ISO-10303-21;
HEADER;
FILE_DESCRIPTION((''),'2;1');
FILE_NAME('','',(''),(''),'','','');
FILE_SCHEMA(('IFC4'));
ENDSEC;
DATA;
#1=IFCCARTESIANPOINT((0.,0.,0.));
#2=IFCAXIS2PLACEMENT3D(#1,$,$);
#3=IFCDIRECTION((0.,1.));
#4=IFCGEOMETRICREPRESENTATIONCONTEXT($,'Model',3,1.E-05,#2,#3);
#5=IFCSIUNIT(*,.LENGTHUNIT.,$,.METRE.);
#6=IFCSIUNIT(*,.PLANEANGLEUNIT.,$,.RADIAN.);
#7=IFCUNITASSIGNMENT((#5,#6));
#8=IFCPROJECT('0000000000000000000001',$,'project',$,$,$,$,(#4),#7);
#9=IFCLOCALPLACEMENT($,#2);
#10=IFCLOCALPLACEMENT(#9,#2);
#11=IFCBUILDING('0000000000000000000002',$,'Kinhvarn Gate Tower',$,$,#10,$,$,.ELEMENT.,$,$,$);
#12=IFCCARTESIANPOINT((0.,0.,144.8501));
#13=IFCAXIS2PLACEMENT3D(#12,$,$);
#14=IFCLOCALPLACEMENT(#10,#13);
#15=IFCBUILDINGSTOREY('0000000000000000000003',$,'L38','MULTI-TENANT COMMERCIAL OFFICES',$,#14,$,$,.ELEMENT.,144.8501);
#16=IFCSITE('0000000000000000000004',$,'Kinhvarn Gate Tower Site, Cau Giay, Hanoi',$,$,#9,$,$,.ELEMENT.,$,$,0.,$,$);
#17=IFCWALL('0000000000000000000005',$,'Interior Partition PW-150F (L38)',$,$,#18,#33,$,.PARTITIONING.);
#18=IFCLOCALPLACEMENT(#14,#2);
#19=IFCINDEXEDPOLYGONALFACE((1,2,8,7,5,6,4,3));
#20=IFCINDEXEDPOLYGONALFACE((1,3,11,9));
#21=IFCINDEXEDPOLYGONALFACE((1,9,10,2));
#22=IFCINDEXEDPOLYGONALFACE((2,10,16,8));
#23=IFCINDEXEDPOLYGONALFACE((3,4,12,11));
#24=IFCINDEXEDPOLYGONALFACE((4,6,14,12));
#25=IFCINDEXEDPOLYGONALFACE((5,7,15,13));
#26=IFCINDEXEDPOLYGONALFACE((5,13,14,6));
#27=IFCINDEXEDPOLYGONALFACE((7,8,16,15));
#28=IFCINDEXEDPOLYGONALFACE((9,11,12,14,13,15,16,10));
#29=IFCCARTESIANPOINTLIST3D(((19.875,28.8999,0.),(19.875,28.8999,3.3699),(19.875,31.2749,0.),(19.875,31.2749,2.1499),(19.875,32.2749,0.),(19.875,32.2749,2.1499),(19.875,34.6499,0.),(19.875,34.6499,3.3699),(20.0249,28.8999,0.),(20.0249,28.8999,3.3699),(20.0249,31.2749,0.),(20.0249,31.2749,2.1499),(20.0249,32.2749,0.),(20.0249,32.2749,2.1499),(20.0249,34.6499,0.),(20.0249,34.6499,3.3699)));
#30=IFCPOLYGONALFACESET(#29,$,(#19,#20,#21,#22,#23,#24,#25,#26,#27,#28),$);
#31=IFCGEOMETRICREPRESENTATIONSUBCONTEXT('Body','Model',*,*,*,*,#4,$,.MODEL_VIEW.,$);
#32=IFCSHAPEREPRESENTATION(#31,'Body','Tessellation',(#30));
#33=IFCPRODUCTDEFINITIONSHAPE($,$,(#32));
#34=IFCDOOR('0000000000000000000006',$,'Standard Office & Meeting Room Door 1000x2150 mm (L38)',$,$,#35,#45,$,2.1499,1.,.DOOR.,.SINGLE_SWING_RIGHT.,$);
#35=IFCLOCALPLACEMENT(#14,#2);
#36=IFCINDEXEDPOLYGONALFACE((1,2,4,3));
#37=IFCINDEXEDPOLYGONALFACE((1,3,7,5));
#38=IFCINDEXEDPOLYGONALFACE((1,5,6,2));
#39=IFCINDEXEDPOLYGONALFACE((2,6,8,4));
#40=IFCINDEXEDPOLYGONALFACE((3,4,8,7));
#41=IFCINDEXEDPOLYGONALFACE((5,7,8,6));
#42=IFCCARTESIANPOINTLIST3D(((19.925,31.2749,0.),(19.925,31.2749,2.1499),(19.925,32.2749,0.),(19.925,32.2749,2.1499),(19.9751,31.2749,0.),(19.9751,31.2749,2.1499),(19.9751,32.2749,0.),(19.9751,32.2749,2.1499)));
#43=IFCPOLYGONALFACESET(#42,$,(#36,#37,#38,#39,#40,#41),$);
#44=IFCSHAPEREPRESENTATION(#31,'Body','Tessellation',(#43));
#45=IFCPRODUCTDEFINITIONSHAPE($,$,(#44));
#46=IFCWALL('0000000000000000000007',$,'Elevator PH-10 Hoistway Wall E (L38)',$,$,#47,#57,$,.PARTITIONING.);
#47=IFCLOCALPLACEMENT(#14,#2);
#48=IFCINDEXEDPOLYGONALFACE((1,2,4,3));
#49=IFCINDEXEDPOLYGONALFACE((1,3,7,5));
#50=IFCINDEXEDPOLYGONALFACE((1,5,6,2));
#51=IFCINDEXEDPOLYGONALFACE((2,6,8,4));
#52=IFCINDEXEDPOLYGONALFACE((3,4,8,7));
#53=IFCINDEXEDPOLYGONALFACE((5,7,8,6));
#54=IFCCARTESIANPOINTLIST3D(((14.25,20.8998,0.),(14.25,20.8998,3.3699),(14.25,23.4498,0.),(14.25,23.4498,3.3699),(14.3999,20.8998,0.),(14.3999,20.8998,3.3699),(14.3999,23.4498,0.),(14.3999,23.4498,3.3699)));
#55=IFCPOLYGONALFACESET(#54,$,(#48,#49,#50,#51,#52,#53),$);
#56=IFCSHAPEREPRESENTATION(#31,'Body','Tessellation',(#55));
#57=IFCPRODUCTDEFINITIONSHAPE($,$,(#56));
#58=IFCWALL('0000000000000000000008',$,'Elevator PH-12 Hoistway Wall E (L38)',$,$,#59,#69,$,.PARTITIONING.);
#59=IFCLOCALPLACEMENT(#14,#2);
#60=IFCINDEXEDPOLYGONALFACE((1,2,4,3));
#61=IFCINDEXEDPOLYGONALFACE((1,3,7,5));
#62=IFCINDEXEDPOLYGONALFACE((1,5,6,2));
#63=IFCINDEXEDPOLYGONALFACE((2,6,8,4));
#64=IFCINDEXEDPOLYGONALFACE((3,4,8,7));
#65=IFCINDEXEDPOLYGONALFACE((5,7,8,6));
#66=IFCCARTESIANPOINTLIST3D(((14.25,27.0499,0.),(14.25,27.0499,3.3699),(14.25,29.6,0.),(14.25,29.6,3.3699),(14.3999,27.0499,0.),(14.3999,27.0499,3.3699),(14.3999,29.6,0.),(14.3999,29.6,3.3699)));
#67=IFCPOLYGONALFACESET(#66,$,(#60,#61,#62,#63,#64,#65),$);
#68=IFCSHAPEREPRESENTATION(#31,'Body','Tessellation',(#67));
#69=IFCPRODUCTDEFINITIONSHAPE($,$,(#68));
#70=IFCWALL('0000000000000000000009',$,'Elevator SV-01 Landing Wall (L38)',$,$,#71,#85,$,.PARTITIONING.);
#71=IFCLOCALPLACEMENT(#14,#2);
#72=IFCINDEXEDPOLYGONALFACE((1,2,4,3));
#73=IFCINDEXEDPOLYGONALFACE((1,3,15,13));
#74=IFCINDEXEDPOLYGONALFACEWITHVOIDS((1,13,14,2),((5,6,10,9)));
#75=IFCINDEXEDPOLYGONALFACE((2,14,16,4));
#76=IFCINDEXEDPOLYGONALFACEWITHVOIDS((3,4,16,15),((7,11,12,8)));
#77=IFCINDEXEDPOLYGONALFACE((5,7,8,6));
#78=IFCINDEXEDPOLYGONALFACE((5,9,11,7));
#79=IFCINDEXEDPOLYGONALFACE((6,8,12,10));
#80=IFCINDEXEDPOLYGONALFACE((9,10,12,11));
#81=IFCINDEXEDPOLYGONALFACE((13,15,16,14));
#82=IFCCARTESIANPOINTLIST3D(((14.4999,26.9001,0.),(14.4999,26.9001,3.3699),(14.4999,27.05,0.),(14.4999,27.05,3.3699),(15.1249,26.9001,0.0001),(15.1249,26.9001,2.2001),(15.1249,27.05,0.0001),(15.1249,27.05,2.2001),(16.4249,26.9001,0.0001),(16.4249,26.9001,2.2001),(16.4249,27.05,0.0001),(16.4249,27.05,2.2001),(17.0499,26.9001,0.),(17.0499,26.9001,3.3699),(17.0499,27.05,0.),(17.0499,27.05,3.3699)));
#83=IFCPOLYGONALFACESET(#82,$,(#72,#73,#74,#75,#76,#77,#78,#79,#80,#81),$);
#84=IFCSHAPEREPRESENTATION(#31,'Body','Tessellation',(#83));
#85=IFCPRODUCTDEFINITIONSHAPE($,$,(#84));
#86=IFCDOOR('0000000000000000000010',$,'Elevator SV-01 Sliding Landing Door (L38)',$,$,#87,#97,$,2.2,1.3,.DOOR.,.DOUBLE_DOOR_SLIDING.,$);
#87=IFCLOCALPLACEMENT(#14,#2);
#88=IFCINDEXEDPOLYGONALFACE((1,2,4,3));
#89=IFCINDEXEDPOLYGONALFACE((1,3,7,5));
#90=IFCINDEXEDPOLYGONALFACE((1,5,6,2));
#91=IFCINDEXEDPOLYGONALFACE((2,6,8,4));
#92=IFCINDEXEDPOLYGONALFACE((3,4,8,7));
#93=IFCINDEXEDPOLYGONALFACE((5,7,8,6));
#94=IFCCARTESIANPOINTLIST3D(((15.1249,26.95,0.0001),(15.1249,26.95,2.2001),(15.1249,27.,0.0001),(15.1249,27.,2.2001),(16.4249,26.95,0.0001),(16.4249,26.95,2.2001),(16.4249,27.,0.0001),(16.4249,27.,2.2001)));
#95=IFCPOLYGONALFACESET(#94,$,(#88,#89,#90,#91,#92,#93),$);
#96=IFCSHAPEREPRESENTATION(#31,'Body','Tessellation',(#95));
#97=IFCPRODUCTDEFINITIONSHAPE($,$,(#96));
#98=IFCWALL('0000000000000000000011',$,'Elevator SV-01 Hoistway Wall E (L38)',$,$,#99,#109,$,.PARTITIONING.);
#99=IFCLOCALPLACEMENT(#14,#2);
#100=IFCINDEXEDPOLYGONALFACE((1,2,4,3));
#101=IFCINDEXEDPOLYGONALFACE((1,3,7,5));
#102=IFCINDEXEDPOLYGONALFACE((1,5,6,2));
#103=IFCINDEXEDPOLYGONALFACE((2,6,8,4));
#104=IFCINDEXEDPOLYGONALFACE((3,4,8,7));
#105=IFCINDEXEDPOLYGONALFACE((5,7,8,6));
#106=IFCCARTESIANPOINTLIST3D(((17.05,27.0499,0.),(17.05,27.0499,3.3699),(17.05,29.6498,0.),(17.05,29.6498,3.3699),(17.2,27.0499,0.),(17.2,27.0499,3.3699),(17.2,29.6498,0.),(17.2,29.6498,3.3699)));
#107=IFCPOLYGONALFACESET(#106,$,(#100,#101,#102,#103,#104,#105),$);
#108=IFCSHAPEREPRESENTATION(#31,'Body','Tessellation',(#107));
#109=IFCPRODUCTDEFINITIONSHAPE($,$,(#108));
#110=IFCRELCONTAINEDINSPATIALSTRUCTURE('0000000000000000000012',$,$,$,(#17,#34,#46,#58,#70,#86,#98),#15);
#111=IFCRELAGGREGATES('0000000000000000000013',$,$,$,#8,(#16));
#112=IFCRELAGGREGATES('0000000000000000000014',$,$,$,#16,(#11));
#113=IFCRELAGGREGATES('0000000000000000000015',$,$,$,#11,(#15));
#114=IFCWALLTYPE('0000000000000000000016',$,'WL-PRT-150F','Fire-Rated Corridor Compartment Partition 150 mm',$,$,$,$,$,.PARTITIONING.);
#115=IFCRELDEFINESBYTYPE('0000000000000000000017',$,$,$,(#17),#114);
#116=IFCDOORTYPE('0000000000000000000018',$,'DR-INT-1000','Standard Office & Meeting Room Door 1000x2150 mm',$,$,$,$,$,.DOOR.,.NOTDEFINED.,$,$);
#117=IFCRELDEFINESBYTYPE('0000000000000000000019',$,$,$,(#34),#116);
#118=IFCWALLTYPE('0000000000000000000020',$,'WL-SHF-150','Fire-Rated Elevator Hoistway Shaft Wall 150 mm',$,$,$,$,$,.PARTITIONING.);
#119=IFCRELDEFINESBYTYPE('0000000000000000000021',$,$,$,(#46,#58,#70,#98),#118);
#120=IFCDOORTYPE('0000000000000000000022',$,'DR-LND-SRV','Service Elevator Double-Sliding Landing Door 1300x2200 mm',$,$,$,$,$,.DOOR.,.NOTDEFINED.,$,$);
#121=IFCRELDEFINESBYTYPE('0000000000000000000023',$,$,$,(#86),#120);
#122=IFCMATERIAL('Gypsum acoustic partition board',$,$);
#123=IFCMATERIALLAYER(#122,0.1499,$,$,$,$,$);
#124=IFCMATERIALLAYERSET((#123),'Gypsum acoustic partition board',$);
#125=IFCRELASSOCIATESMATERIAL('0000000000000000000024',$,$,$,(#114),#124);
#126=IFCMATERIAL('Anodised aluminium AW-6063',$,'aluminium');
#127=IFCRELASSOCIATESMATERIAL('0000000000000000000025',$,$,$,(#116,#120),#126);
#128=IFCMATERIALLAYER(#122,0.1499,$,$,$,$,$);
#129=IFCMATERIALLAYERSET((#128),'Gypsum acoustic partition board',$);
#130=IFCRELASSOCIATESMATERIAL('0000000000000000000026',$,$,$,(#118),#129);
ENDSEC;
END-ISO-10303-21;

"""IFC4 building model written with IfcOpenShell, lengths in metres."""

from ifc_helpers import new_model, si_unit, direction, frame, frame_2d, origin, place, context, subcontext, project, spatial, rectangle, extrude, material, layer, layer_set, type_object, element, fill, save


model = new_model("IFC4")

# Units and contexts
model_context = context("Model", 3, precision=1e-05, world=origin(), true_north=direction((0.0, 1.0)))
body_context = subcontext(model_context, "Body", "Model", "MODEL_VIEW")
ifc_project = project(units=[si_unit("LENGTHUNIT", "METRE"), si_unit("PLANEANGLEUNIT", "RADIAN")], contexts=[model_context])

# Site, building, storey
site_placement = place(None, origin())
site = spatial("IfcSite", under=ifc_project, at=site_placement, Name="Kinhvarn Gate Tower Site, Cau Giay, Hanoi", CompositionType="ELEMENT", RefElevation=0.0)
building_placement = place(site_placement, origin())
building = spatial("IfcBuilding", under=site, at=building_placement, Name="Kinhvarn Gate Tower", CompositionType="ELEMENT")
storey_placement = place(building_placement, frame((0.0, 0.0, 144.8501)))
storey = spatial("IfcBuildingStorey", under=building, at=storey_placement, Name="L38", Description="MULTI-TENANT COMMERCIAL OFFICES", CompositionType="ELEMENT", Elevation=144.8501)

# Shared definitions
ifc_material_1 = material(Name="Anodised aluminium AW-6063", Category="aluminium")

# Shared definitions
ifc_material_2 = material(Name="Gypsum acoustic partition board")

# Shared definitions
ifc_layer_1 = layer(ifc_material_2, 0.1499)
ifc_layer_set_1 = layer_set([ifc_layer_1], Name="Gypsum acoustic partition board")
wall_type_1 = type_object("IfcWallType", Name="WL-PRT-150F", Description="Fire-Rated Corridor Compartment Partition 150 mm", PredefinedType="PARTITIONING", material=ifc_layer_set_1)

# Wall, opening, door
wall_1_placement = place(storey_placement, frame((19.95, 28.8999, 0.0), z_axis=(0.0, 0.0, 1.0), x_axis=(0.0, 1.0, 0.0)))
wall_1 = element("IfcWall", 1, at=wall_1_placement, inside=storey, type_object=wall_type_1, Name="Interior Partition PW-150F (L38)", PredefinedType="PARTITIONING", context=body_context, shape_type="SweptSolid", body=[
    extrude(rectangle(XDim=5.75, YDim=0.1499, at=frame_2d((2.875, 0.0))), origin(), (0.0, 0.0, 1.0), 3.3699),
])
opening_1_placement = place(wall_1_placement, frame((2.375, 0.0, 0.0)))
opening_1 = element("IfcOpeningElement", 2, at=opening_1_placement, cuts=wall_1, PredefinedType="OPENING", context=body_context, shape_type="SweptSolid", body=[
    extrude(rectangle(XDim=1.0, YDim=2.1499, at=frame_2d((0.5, 1.075))), frame((0.0, 0.085, 0.0), z_axis=(0.0, -1.0, 0.0), x_axis=(1.0, 0.0, 0.0)), (0.0, 0.0, 1.0), 0.1699),
])
door_type_1 = type_object("IfcDoorType", Name="DR-INT-1000", Description="Standard Office & Meeting Room Door 1000x2150 mm", OperationType="NOTDEFINED", PredefinedType="DOOR", material=ifc_material_1)
door_1_placement = place(opening_1_placement, origin())
door_1 = element("IfcDoor", 3, at=door_1_placement, inside=storey, type_object=door_type_1, Name="Standard Office & Meeting Room Door 1000x2150 mm (L38)", OperationType="SINGLE_SWING_RIGHT", OverallHeight=2.1499, OverallWidth=1.0, PredefinedType="DOOR", context=body_context, shape_type="SweptSolid", body=[
    extrude(rectangle(XDim=1.0, YDim=2.1499, at=frame_2d((0.5, 1.075))), frame((0.0, 0.0249, 0.0), z_axis=(0.0, -1.0, 0.0), x_axis=(1.0, 0.0, 0.0)), (0.0, 0.0, 1.0), 0.05),
])
fill(opening_1, door_1)

# Walls
ifc_layer_2 = layer(ifc_material_2, 0.1499)
ifc_layer_set_2 = layer_set([ifc_layer_2], Name="Gypsum acoustic partition board")
wall_type_2 = type_object("IfcWallType", Name="WL-SHF-150", Description="Fire-Rated Elevator Hoistway Shaft Wall 150 mm", PredefinedType="PARTITIONING", material=ifc_layer_set_2)
for number, where, z_axis, x_axis, name in (
    (4, (14.325, 20.8999, 0.0), (0.0, 0.0, 1.0), (0.0, 1.0, 0.0), "Elevator PH-10 Hoistway Wall E (L38)"),
    (5, (14.325, 27.05, 0.0), (0.0, 0.0, 1.0), (0.0, 1.0, 0.0), "Elevator PH-12 Hoistway Wall E (L38)"),
):
    element("IfcWall", number, at=place(storey_placement, frame(where, z_axis=z_axis, x_axis=x_axis)), inside=storey, type_object=wall_type_2, Name=name, PredefinedType="PARTITIONING", context=body_context, shape_type="SweptSolid", body=[
        extrude(rectangle(XDim=2.55, YDim=0.1499, at=frame_2d((1.2749, 0.0))), origin(), (0.0, 0.0, 1.0), 3.3699),
    ])

# Wall, opening, door
wall_2_placement = place(storey_placement, frame((14.5, 26.9751, 0.0), z_axis=(0.0, 0.0, 1.0), x_axis=(1.0, 0.0, 0.0)))
wall_2 = element("IfcWall", 6, at=wall_2_placement, inside=storey, type_object=wall_type_2, Name="Elevator SV-01 Landing Wall (L38)", PredefinedType="PARTITIONING", context=body_context, shape_type="SweptSolid", body=[
    extrude(rectangle(XDim=2.55, YDim=0.1499, at=frame_2d((1.2749, 0.0))), origin(), (0.0, 0.0, 1.0), 3.3699),
])
opening_2_placement = place(wall_2_placement, frame((0.625, 0.0, 0.0)))
opening_2 = element("IfcOpeningElement", 7, at=opening_2_placement, cuts=wall_2, PredefinedType="OPENING", context=body_context, shape_type="SweptSolid", body=[
    extrude(rectangle(XDim=1.3, YDim=2.2, at=frame_2d((0.6499, 1.1001))), frame((0.0, 0.085, 0.0), z_axis=(0.0, -1.0, 0.0), x_axis=(1.0, 0.0, 0.0)), (0.0, 0.0, 1.0), 0.1699),
])
door_type_2 = type_object("IfcDoorType", Name="DR-LND-SRV", Description="Service Elevator Double-Sliding Landing Door 1300x2200 mm", OperationType="NOTDEFINED", PredefinedType="DOOR", material=ifc_material_1)
door_2_placement = place(opening_2_placement, origin())
door_2 = element("IfcDoor", 8, at=door_2_placement, inside=storey, type_object=door_type_2, Name="Elevator SV-01 Sliding Landing Door (L38)", OperationType="DOUBLE_DOOR_SLIDING", OverallHeight=2.2, OverallWidth=1.3, PredefinedType="DOOR", context=body_context, shape_type="SweptSolid", body=[
    extrude(rectangle(XDim=1.3, YDim=2.2, at=frame_2d((0.6499, 1.1001))), frame((0.0, 0.0249, 0.0), z_axis=(0.0, -1.0, 0.0), x_axis=(1.0, 0.0, 0.0)), (0.0, 0.0, 1.0), 0.05),
])
fill(opening_2, door_2)

# Wall
wall_3_placement = place(storey_placement, frame((17.125, 27.05, 0.0), z_axis=(0.0, 0.0, 1.0), x_axis=(0.0, 1.0, 0.0)))
element("IfcWall", 9, at=wall_3_placement, inside=storey, type_object=wall_type_2, Name="Elevator SV-01 Hoistway Wall E (L38)", PredefinedType="PARTITIONING", context=body_context, shape_type="SweptSolid", body=[
    extrude(rectangle(XDim=2.5999, YDim=0.1499, at=frame_2d((1.2998, 0.0))), origin(), (0.0, 0.0, 1.0), 3.3699),
])

save(model, "model.ifc")
